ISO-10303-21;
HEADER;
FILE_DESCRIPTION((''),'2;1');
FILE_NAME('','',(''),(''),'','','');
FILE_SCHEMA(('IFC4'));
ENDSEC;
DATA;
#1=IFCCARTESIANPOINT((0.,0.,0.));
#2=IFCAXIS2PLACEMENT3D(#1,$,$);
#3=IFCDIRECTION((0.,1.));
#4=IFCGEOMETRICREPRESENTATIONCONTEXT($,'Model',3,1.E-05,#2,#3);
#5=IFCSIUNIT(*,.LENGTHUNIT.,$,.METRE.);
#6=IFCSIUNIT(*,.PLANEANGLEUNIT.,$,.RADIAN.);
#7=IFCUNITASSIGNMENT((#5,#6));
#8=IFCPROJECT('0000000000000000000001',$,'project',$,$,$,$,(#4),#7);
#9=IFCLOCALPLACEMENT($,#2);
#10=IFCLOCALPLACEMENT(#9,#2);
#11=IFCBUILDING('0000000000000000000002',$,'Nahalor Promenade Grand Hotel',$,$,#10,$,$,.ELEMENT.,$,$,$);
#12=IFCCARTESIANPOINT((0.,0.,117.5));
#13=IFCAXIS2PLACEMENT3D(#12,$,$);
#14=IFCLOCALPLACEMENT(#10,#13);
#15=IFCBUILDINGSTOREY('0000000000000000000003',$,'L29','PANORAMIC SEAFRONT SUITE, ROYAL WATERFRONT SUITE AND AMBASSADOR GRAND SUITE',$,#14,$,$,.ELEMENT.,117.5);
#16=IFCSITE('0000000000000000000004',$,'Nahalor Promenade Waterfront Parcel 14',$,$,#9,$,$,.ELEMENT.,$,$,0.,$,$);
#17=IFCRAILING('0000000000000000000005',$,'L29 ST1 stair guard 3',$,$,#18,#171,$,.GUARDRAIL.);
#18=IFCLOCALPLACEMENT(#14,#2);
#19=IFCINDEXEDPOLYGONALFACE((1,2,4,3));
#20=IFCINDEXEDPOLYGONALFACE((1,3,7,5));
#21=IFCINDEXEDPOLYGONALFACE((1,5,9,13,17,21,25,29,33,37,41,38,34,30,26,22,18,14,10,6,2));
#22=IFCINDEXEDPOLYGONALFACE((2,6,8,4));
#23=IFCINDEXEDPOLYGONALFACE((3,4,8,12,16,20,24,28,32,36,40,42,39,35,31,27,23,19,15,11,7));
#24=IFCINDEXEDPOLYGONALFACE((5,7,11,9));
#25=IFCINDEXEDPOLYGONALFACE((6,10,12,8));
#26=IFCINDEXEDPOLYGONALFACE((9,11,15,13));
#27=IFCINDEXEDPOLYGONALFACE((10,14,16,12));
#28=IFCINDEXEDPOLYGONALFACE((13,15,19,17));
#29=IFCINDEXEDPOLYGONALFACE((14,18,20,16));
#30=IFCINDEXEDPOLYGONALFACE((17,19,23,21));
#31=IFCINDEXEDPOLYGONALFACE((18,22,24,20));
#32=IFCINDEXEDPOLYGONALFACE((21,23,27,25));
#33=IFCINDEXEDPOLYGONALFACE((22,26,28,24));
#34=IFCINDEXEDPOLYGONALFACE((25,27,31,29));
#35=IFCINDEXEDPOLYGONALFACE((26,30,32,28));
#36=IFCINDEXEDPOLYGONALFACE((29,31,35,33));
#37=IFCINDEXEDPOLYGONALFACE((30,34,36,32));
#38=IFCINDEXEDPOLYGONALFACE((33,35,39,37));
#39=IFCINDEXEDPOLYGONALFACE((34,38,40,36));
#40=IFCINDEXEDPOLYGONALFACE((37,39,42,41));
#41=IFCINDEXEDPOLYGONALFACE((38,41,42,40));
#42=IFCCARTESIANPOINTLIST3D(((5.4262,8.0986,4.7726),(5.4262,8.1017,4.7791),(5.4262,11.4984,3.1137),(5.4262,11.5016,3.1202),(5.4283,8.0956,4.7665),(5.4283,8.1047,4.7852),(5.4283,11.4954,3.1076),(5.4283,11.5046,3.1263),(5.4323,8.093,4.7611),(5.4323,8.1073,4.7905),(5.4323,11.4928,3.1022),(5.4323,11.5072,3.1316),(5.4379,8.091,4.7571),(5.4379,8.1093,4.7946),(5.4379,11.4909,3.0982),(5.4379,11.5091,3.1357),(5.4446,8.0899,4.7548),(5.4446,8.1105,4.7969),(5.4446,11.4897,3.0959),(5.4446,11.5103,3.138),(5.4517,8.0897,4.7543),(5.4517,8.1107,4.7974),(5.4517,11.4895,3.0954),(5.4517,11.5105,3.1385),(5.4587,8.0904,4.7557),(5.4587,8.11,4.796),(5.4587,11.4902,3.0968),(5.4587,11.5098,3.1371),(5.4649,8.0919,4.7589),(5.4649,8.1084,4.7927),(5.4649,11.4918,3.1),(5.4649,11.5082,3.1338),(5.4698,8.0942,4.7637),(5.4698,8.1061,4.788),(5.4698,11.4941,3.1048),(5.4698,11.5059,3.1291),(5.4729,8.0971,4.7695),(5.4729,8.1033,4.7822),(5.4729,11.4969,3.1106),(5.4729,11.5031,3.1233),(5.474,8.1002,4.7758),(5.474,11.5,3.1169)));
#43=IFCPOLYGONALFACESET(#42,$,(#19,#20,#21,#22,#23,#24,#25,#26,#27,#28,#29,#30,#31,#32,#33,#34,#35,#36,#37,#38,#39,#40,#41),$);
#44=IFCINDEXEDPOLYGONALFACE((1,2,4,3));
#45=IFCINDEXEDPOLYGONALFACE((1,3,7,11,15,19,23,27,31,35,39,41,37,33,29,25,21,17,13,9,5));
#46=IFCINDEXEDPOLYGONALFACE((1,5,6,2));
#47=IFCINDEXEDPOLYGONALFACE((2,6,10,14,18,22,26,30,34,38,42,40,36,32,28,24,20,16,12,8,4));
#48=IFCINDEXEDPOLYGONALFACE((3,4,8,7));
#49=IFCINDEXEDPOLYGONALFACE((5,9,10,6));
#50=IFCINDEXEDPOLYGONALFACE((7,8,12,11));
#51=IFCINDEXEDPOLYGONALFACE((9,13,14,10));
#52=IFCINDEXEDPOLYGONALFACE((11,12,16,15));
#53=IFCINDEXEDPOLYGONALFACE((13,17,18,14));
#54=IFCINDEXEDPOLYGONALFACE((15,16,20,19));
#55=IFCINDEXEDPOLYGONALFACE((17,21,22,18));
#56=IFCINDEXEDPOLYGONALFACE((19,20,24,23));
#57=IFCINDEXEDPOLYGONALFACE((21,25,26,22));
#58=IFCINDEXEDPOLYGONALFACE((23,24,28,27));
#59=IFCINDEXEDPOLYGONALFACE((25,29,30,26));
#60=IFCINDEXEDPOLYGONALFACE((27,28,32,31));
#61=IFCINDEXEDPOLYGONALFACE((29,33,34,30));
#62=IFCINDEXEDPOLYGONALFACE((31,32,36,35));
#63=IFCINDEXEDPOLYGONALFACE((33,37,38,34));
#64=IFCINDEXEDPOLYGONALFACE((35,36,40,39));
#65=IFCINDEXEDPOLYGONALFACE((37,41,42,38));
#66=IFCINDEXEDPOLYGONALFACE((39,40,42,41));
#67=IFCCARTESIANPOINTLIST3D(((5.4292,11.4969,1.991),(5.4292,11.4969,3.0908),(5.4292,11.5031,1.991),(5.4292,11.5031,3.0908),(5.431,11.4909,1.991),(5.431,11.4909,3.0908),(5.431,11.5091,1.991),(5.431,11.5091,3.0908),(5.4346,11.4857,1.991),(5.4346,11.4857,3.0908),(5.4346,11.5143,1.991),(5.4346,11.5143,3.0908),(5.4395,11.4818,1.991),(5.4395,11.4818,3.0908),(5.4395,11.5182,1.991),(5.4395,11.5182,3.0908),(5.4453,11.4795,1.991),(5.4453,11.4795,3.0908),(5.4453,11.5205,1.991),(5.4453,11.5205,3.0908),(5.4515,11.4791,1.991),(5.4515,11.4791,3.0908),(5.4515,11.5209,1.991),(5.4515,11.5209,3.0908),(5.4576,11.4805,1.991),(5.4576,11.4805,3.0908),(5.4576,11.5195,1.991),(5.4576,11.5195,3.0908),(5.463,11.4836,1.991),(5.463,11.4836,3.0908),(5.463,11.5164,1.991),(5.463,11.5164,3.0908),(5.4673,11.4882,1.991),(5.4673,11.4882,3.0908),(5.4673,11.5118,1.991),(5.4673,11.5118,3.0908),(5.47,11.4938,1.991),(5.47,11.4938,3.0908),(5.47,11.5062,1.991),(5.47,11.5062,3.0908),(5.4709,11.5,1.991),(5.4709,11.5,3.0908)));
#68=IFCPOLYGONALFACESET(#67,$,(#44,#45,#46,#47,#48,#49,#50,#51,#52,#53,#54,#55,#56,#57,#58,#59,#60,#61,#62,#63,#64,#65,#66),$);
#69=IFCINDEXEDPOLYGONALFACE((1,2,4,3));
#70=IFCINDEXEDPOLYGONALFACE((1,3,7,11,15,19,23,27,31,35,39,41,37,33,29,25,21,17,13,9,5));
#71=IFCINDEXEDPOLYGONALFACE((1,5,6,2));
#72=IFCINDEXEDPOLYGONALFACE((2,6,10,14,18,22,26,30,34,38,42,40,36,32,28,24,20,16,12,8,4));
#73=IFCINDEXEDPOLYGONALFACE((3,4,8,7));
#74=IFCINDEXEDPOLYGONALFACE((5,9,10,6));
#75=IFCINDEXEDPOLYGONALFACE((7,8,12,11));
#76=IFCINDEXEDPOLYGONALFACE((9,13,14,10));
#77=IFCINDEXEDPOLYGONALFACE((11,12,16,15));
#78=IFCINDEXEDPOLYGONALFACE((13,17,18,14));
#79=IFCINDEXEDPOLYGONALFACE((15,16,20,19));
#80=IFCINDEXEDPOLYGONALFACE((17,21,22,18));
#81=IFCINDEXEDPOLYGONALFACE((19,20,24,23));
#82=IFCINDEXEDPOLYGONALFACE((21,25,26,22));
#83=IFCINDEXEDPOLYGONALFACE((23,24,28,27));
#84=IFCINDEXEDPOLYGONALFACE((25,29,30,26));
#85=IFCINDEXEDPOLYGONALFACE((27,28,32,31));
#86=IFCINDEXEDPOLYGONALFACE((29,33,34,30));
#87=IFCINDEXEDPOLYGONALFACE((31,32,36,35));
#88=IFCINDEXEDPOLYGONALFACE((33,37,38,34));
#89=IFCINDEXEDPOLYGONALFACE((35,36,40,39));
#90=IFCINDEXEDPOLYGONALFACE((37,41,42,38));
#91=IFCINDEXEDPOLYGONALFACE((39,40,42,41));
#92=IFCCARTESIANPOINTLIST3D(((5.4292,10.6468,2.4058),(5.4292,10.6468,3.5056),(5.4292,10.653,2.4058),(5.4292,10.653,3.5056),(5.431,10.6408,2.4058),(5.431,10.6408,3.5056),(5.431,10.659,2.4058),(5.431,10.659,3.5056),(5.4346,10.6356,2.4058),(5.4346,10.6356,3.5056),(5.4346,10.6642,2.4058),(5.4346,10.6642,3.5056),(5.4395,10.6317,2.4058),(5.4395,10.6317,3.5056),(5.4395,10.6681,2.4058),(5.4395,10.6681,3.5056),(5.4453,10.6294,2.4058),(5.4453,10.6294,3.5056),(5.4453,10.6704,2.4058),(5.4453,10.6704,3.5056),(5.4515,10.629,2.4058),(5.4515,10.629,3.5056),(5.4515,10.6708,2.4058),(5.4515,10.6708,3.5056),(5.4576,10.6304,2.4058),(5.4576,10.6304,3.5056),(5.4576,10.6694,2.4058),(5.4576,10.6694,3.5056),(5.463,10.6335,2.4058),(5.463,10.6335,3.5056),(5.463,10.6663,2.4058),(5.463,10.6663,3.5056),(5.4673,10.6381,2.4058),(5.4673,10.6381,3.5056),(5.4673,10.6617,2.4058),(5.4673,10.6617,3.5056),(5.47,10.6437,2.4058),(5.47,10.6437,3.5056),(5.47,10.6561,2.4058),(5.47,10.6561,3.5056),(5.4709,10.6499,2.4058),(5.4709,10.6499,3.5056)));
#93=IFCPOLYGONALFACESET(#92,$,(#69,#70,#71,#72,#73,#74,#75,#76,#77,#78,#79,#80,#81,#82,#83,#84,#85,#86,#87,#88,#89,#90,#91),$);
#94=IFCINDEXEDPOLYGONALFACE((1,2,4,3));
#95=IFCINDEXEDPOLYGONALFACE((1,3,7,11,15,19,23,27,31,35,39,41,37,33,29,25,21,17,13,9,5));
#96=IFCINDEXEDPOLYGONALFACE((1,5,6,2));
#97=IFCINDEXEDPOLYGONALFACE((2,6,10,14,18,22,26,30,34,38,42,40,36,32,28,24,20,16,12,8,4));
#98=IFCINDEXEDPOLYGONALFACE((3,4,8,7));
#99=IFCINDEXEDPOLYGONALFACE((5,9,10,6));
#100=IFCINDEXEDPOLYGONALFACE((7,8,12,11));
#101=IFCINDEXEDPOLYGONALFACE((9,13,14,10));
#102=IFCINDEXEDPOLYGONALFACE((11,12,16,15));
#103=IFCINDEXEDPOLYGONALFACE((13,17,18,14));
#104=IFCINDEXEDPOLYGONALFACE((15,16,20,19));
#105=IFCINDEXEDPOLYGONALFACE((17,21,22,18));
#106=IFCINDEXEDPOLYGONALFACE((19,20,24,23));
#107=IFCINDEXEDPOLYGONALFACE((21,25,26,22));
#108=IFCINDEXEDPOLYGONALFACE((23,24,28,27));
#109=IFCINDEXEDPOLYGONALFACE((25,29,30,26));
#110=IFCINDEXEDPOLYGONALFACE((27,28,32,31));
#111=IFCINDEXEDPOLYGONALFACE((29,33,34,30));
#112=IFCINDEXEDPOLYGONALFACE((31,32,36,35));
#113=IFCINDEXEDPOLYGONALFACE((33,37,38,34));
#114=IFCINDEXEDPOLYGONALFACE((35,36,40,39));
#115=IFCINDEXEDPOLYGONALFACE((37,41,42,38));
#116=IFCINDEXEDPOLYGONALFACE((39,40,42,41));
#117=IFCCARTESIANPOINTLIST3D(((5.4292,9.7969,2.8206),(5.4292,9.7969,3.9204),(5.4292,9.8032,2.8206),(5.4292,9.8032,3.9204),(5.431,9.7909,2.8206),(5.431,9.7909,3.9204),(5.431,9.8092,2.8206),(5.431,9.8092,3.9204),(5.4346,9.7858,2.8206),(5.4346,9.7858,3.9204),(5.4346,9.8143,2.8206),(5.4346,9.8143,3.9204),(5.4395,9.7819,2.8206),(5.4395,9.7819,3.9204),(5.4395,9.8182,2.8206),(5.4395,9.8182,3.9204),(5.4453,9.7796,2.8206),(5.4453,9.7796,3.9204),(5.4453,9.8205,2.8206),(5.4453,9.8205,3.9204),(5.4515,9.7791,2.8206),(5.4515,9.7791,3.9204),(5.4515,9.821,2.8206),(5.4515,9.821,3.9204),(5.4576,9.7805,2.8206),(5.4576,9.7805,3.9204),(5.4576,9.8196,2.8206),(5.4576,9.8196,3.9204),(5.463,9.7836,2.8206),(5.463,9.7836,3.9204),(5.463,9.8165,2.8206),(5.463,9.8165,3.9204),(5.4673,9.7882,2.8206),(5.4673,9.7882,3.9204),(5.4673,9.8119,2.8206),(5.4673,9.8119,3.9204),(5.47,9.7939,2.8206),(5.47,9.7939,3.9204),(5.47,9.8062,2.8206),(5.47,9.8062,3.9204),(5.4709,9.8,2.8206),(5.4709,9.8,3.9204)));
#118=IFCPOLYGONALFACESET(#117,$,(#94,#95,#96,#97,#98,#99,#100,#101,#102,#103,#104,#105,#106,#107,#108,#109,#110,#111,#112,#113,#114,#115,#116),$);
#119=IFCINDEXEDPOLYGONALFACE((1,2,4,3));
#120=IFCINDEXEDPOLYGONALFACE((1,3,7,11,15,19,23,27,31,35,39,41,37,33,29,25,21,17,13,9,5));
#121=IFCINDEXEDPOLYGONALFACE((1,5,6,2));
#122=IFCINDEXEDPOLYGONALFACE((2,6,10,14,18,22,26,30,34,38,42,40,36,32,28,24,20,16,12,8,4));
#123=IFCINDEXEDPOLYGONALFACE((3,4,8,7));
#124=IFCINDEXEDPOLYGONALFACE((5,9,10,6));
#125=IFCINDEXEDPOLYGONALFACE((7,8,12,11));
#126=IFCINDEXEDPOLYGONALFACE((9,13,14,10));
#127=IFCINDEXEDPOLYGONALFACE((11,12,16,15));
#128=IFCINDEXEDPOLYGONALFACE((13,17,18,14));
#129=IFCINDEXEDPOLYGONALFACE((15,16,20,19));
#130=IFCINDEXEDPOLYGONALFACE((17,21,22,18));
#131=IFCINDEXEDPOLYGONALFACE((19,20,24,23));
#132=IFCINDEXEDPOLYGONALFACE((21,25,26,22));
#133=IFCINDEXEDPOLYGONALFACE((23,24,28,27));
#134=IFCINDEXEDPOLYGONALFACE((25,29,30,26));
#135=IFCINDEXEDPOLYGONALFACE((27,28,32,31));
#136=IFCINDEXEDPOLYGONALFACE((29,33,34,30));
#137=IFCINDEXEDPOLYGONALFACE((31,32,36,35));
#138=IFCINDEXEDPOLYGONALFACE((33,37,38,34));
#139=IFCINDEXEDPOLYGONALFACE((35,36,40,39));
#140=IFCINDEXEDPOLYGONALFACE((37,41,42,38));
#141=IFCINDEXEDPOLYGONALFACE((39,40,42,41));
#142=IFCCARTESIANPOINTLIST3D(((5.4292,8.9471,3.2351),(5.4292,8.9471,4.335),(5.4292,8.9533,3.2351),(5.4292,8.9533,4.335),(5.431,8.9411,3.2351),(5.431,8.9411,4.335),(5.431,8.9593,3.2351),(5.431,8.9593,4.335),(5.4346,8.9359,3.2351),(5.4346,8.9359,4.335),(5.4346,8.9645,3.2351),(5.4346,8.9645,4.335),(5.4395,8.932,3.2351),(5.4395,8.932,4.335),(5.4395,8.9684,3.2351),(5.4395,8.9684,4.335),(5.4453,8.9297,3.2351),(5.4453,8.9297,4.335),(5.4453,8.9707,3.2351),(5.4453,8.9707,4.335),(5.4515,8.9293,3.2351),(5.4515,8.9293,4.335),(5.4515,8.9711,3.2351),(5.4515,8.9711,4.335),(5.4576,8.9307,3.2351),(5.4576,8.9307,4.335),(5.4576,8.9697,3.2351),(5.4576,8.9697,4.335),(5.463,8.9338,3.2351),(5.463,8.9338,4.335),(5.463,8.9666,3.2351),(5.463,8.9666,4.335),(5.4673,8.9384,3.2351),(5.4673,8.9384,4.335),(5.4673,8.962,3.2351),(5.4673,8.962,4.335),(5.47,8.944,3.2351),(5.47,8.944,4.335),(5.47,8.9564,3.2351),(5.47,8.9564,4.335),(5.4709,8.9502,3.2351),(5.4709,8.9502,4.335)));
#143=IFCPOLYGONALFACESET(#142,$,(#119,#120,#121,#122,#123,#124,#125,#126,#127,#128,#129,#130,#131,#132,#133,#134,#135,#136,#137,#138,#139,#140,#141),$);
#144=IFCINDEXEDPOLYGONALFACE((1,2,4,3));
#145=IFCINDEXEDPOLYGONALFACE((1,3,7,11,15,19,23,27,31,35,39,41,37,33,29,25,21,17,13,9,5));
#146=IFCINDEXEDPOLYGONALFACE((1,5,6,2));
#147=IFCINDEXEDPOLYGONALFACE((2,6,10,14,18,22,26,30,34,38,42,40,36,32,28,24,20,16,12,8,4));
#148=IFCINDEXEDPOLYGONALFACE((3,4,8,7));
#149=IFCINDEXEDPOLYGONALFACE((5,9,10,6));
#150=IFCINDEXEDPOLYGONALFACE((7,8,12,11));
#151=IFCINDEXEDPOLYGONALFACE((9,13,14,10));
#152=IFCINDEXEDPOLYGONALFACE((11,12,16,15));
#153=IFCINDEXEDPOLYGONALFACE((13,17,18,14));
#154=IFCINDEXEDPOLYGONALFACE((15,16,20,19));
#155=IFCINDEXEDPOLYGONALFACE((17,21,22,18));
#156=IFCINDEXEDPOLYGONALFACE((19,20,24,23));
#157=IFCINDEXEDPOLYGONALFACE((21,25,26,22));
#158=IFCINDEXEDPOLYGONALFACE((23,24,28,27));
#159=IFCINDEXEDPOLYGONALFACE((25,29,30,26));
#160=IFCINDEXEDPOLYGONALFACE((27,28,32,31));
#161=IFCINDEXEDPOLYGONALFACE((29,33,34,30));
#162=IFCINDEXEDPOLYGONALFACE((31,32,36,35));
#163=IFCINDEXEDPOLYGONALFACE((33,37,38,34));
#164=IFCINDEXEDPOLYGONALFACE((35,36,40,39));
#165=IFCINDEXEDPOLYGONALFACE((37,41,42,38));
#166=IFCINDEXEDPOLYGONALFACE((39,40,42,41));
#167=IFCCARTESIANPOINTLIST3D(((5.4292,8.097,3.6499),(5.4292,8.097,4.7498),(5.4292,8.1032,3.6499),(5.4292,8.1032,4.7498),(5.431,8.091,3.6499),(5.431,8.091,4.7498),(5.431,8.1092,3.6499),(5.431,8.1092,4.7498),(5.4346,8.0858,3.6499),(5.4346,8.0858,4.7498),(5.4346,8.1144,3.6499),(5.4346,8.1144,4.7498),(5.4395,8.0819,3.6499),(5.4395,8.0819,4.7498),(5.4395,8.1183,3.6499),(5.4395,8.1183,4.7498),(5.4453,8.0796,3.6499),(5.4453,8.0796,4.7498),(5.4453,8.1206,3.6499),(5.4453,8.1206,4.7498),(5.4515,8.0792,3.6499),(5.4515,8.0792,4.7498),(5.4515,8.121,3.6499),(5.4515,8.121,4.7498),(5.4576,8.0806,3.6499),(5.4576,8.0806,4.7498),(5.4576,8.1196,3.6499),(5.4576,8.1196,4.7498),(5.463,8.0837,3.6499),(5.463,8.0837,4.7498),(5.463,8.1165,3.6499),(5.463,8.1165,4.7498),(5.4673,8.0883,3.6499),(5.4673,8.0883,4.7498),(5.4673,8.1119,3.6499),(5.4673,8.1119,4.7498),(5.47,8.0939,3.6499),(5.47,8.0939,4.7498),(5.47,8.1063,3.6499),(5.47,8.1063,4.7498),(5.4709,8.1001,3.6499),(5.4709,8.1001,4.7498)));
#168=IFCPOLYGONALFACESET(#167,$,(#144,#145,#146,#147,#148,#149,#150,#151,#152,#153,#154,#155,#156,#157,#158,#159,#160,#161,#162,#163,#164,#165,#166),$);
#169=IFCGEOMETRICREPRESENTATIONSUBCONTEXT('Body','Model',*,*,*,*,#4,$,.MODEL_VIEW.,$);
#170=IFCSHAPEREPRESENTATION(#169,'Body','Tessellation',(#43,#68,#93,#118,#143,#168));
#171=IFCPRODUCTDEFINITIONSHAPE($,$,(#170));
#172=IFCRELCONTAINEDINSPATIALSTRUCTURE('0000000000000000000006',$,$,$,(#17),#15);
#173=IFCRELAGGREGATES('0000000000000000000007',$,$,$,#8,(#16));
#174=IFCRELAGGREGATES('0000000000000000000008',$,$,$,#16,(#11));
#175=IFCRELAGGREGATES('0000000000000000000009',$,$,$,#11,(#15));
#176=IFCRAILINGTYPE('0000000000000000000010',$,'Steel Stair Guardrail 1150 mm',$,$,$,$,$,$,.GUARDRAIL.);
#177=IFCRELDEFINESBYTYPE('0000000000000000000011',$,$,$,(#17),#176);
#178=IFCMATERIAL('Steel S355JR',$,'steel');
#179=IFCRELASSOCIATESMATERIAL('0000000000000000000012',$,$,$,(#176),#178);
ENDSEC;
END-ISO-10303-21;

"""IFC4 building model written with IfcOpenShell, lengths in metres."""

from ifc_helpers import new_model, si_unit, direction, frame, origin, origin_2d, place, context, subcontext, project, spatial, circle, extrude, material, type_object, element, save


model = new_model("IFC4")

# Units and contexts
model_context = context("Model", 3, precision=1e-05, world=origin(), true_north=direction((0.0, 1.0)))
body_context = subcontext(model_context, "Body", "Model", "MODEL_VIEW")
ifc_project = project(units=[si_unit("LENGTHUNIT", "METRE"), si_unit("PLANEANGLEUNIT", "RADIAN")], contexts=[model_context])

# Site, building, storey
site_placement = place(None, origin())
site = spatial("IfcSite", under=ifc_project, at=site_placement, Name="Nahalor Promenade Waterfront Parcel 14", CompositionType="ELEMENT", RefElevation=0.0)
building_placement = place(site_placement, origin())
building = spatial("IfcBuilding", under=site, at=building_placement, Name="Nahalor Promenade Grand Hotel", CompositionType="ELEMENT")
storey_placement = place(building_placement, frame((0.0, 0.0, 117.5)))
storey = spatial("IfcBuildingStorey", under=building, at=storey_placement, Name="L29", Description="PANORAMIC SEAFRONT SUITE, ROYAL WATERFRONT SUITE AND AMBASSADOR GRAND SUITE", CompositionType="ELEMENT", Elevation=117.5)

# Shared definitions
ifc_material_1 = material(Name="Steel S355JR", Category="steel")

# Railing
railing_type = type_object("IfcRailingType", Name="Steel Stair Guardrail 1150 mm", PredefinedType="GUARDRAIL", material=ifc_material_1)
railing_1_placement = place(storey_placement, frame((5.45, 11.5, 1.991)))
element("IfcRailing", 1, at=railing_1_placement, inside=storey, type_object=railing_type, Name="L29 ST1 stair guard 3", PredefinedType="GUARDRAIL", context=body_context, shape_type="SweptSolid", body=[
    extrude(circle(Radius=0.024, at=origin_2d()), frame((0.0, 0.0, 1.126), z_axis=(0.0, -0.898722, 0.438519), x_axis=(1.0, 0.0, 0.0)), (0.0, 0.0, 1.0), 3.783),
    extrude(circle(Radius=0.021, at=origin_2d()), origin(), (0.0, 0.0, 1.0), 1.0999),
    extrude(circle(Radius=0.021, at=origin_2d()), frame((0.0, -0.8501, 0.4148)), (0.0, 0.0, 1.0), 1.0999),
    extrude(circle(Radius=0.021, at=origin_2d()), frame((0.0, -1.7, 0.8296)), (0.0, 0.0, 1.0), 1.0999),
    extrude(circle(Radius=0.021, at=origin_2d()), frame((0.0, -2.5498, 1.2441)), (0.0, 0.0, 1.0), 1.0999),
    extrude(circle(Radius=0.021, at=origin_2d()), frame((0.0, -3.3999, 1.6589)), (0.0, 0.0, 1.0), 1.0999),
])

save(model, "model.ifc")
